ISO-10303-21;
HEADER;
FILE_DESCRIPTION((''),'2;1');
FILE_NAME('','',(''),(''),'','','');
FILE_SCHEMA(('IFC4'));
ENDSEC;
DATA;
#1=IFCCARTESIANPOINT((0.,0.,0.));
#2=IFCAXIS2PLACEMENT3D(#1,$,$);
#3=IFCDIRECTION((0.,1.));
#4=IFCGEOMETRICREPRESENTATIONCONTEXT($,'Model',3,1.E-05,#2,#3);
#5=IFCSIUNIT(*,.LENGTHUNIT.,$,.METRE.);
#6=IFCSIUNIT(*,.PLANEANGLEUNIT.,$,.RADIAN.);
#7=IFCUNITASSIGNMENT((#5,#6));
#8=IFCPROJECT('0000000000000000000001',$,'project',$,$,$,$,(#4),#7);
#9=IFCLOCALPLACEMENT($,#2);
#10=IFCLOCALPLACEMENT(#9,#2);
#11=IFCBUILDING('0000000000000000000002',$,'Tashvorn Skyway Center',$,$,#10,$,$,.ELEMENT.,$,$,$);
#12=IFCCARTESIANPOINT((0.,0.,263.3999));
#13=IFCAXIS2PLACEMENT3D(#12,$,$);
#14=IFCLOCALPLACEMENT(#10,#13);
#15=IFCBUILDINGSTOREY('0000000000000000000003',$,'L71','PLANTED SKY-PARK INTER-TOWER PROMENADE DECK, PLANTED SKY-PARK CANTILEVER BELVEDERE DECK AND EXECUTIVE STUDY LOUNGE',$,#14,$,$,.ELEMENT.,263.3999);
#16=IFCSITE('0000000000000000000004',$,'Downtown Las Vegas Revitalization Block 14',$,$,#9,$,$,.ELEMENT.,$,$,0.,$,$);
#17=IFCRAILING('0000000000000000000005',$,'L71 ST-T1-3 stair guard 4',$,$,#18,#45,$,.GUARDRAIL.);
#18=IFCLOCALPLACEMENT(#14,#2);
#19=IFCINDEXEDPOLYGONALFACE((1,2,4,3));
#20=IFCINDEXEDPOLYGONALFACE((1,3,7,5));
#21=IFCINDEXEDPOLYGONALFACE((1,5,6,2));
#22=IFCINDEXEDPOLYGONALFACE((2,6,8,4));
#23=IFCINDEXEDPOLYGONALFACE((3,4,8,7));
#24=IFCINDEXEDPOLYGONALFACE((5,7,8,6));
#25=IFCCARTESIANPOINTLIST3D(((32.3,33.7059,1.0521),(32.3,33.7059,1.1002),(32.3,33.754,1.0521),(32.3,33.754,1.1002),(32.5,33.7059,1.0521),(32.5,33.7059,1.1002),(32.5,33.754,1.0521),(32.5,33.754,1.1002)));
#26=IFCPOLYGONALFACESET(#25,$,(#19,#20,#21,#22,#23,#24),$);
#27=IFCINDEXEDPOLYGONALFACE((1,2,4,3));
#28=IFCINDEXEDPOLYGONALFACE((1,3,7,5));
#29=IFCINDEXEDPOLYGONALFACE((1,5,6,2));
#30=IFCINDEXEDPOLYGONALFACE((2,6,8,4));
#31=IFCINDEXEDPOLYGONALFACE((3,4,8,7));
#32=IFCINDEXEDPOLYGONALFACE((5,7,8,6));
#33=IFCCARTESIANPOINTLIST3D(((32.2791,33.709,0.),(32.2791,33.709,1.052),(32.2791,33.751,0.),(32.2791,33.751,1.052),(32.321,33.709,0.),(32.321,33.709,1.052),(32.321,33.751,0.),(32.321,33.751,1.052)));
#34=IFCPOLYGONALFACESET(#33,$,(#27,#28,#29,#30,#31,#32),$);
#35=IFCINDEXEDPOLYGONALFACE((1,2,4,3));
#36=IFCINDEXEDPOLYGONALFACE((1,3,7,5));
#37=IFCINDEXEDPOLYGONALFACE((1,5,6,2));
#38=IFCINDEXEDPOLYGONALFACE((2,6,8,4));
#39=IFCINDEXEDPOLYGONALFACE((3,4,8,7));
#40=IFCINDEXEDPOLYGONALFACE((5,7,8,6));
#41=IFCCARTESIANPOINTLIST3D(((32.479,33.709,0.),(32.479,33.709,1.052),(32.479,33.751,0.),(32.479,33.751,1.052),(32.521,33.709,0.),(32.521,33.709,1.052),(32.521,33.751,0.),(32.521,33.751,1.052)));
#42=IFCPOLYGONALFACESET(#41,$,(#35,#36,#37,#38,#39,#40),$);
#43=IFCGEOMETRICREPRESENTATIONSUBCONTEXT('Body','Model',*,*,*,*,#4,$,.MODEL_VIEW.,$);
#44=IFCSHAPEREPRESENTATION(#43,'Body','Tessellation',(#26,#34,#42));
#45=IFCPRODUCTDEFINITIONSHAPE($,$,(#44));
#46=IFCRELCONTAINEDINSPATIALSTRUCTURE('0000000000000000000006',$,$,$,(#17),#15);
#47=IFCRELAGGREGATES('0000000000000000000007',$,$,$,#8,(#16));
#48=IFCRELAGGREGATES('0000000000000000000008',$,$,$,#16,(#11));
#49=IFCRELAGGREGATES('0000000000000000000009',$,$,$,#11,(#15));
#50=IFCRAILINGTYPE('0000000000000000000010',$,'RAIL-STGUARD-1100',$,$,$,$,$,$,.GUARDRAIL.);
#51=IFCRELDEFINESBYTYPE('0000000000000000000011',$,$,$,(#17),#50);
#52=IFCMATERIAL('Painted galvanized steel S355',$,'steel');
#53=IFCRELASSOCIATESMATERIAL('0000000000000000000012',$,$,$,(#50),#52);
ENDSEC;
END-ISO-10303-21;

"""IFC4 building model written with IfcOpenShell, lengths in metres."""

from ifc_helpers import new_model, si_unit, direction, frame, origin, origin_2d, place, context, subcontext, project, spatial, rectangle, extrude, material, type_object, element, save


model = new_model("IFC4")

# Units and contexts
model_context = context("Model", 3, precision=1e-05, world=origin(), true_north=direction((0.0, 1.0)))
body_context = subcontext(model_context, "Body", "Model", "MODEL_VIEW")
ifc_project = project(units=[si_unit("LENGTHUNIT", "METRE"), si_unit("PLANEANGLEUNIT", "RADIAN")], contexts=[model_context])

# Site, building, storey
site_placement = place(None, origin())
site = spatial("IfcSite", under=ifc_project, at=site_placement, Name="Downtown Las Vegas Revitalization Block 14", CompositionType="ELEMENT", RefElevation=0.0)
building_placement = place(site_placement, origin())
building = spatial("IfcBuilding", under=site, at=building_placement, Name="Tashvorn Skyway Center", CompositionType="ELEMENT")
storey_placement = place(building_placement, frame((0.0, 0.0, 263.3999)))
storey = spatial("IfcBuildingStorey", under=building, at=storey_placement, Name="L71", Description="PLANTED SKY-PARK INTER-TOWER PROMENADE DECK, PLANTED SKY-PARK CANTILEVER BELVEDERE DECK AND EXECUTIVE STUDY LOUNGE", CompositionType="ELEMENT", Elevation=263.3999)

# Railing
ifc_material_1 = material(Name="Painted galvanized steel S355", Category="steel")
railing_type_1 = type_object("IfcRailingType", Name="RAIL-STGUARD-1100", PredefinedType="GUARDRAIL", material=ifc_material_1)
railing_1_placement = place(storey_placement, frame((32.3, 33.73, 0.0)))
element("IfcRailing", 1, at=railing_1_placement, inside=storey, type_object=railing_type_1, Name="L71 ST-T1-3 stair guard 4", PredefinedType="GUARDRAIL", context=body_context, shape_type="SweptSolid", body=[
    extrude(rectangle(XDim=0.0481, YDim=0.0481, at=origin_2d()), frame((0.0, 0.0, 1.0762), z_axis=(1.0, 0.0, 0.0), x_axis=(0.0, 1.0, 0.0)), (0.0, 0.0, 1.0), 0.2),
    extrude(rectangle(XDim=0.042, YDim=0.042, at=origin_2d()), origin(), (0.0, 0.0, 1.0), 1.052),
    extrude(rectangle(XDim=0.042, YDim=0.042, at=origin_2d()), frame((0.2, 0.0, 0.0)), (0.0, 0.0, 1.0), 1.052),
])

save(model, "model.ifc")
